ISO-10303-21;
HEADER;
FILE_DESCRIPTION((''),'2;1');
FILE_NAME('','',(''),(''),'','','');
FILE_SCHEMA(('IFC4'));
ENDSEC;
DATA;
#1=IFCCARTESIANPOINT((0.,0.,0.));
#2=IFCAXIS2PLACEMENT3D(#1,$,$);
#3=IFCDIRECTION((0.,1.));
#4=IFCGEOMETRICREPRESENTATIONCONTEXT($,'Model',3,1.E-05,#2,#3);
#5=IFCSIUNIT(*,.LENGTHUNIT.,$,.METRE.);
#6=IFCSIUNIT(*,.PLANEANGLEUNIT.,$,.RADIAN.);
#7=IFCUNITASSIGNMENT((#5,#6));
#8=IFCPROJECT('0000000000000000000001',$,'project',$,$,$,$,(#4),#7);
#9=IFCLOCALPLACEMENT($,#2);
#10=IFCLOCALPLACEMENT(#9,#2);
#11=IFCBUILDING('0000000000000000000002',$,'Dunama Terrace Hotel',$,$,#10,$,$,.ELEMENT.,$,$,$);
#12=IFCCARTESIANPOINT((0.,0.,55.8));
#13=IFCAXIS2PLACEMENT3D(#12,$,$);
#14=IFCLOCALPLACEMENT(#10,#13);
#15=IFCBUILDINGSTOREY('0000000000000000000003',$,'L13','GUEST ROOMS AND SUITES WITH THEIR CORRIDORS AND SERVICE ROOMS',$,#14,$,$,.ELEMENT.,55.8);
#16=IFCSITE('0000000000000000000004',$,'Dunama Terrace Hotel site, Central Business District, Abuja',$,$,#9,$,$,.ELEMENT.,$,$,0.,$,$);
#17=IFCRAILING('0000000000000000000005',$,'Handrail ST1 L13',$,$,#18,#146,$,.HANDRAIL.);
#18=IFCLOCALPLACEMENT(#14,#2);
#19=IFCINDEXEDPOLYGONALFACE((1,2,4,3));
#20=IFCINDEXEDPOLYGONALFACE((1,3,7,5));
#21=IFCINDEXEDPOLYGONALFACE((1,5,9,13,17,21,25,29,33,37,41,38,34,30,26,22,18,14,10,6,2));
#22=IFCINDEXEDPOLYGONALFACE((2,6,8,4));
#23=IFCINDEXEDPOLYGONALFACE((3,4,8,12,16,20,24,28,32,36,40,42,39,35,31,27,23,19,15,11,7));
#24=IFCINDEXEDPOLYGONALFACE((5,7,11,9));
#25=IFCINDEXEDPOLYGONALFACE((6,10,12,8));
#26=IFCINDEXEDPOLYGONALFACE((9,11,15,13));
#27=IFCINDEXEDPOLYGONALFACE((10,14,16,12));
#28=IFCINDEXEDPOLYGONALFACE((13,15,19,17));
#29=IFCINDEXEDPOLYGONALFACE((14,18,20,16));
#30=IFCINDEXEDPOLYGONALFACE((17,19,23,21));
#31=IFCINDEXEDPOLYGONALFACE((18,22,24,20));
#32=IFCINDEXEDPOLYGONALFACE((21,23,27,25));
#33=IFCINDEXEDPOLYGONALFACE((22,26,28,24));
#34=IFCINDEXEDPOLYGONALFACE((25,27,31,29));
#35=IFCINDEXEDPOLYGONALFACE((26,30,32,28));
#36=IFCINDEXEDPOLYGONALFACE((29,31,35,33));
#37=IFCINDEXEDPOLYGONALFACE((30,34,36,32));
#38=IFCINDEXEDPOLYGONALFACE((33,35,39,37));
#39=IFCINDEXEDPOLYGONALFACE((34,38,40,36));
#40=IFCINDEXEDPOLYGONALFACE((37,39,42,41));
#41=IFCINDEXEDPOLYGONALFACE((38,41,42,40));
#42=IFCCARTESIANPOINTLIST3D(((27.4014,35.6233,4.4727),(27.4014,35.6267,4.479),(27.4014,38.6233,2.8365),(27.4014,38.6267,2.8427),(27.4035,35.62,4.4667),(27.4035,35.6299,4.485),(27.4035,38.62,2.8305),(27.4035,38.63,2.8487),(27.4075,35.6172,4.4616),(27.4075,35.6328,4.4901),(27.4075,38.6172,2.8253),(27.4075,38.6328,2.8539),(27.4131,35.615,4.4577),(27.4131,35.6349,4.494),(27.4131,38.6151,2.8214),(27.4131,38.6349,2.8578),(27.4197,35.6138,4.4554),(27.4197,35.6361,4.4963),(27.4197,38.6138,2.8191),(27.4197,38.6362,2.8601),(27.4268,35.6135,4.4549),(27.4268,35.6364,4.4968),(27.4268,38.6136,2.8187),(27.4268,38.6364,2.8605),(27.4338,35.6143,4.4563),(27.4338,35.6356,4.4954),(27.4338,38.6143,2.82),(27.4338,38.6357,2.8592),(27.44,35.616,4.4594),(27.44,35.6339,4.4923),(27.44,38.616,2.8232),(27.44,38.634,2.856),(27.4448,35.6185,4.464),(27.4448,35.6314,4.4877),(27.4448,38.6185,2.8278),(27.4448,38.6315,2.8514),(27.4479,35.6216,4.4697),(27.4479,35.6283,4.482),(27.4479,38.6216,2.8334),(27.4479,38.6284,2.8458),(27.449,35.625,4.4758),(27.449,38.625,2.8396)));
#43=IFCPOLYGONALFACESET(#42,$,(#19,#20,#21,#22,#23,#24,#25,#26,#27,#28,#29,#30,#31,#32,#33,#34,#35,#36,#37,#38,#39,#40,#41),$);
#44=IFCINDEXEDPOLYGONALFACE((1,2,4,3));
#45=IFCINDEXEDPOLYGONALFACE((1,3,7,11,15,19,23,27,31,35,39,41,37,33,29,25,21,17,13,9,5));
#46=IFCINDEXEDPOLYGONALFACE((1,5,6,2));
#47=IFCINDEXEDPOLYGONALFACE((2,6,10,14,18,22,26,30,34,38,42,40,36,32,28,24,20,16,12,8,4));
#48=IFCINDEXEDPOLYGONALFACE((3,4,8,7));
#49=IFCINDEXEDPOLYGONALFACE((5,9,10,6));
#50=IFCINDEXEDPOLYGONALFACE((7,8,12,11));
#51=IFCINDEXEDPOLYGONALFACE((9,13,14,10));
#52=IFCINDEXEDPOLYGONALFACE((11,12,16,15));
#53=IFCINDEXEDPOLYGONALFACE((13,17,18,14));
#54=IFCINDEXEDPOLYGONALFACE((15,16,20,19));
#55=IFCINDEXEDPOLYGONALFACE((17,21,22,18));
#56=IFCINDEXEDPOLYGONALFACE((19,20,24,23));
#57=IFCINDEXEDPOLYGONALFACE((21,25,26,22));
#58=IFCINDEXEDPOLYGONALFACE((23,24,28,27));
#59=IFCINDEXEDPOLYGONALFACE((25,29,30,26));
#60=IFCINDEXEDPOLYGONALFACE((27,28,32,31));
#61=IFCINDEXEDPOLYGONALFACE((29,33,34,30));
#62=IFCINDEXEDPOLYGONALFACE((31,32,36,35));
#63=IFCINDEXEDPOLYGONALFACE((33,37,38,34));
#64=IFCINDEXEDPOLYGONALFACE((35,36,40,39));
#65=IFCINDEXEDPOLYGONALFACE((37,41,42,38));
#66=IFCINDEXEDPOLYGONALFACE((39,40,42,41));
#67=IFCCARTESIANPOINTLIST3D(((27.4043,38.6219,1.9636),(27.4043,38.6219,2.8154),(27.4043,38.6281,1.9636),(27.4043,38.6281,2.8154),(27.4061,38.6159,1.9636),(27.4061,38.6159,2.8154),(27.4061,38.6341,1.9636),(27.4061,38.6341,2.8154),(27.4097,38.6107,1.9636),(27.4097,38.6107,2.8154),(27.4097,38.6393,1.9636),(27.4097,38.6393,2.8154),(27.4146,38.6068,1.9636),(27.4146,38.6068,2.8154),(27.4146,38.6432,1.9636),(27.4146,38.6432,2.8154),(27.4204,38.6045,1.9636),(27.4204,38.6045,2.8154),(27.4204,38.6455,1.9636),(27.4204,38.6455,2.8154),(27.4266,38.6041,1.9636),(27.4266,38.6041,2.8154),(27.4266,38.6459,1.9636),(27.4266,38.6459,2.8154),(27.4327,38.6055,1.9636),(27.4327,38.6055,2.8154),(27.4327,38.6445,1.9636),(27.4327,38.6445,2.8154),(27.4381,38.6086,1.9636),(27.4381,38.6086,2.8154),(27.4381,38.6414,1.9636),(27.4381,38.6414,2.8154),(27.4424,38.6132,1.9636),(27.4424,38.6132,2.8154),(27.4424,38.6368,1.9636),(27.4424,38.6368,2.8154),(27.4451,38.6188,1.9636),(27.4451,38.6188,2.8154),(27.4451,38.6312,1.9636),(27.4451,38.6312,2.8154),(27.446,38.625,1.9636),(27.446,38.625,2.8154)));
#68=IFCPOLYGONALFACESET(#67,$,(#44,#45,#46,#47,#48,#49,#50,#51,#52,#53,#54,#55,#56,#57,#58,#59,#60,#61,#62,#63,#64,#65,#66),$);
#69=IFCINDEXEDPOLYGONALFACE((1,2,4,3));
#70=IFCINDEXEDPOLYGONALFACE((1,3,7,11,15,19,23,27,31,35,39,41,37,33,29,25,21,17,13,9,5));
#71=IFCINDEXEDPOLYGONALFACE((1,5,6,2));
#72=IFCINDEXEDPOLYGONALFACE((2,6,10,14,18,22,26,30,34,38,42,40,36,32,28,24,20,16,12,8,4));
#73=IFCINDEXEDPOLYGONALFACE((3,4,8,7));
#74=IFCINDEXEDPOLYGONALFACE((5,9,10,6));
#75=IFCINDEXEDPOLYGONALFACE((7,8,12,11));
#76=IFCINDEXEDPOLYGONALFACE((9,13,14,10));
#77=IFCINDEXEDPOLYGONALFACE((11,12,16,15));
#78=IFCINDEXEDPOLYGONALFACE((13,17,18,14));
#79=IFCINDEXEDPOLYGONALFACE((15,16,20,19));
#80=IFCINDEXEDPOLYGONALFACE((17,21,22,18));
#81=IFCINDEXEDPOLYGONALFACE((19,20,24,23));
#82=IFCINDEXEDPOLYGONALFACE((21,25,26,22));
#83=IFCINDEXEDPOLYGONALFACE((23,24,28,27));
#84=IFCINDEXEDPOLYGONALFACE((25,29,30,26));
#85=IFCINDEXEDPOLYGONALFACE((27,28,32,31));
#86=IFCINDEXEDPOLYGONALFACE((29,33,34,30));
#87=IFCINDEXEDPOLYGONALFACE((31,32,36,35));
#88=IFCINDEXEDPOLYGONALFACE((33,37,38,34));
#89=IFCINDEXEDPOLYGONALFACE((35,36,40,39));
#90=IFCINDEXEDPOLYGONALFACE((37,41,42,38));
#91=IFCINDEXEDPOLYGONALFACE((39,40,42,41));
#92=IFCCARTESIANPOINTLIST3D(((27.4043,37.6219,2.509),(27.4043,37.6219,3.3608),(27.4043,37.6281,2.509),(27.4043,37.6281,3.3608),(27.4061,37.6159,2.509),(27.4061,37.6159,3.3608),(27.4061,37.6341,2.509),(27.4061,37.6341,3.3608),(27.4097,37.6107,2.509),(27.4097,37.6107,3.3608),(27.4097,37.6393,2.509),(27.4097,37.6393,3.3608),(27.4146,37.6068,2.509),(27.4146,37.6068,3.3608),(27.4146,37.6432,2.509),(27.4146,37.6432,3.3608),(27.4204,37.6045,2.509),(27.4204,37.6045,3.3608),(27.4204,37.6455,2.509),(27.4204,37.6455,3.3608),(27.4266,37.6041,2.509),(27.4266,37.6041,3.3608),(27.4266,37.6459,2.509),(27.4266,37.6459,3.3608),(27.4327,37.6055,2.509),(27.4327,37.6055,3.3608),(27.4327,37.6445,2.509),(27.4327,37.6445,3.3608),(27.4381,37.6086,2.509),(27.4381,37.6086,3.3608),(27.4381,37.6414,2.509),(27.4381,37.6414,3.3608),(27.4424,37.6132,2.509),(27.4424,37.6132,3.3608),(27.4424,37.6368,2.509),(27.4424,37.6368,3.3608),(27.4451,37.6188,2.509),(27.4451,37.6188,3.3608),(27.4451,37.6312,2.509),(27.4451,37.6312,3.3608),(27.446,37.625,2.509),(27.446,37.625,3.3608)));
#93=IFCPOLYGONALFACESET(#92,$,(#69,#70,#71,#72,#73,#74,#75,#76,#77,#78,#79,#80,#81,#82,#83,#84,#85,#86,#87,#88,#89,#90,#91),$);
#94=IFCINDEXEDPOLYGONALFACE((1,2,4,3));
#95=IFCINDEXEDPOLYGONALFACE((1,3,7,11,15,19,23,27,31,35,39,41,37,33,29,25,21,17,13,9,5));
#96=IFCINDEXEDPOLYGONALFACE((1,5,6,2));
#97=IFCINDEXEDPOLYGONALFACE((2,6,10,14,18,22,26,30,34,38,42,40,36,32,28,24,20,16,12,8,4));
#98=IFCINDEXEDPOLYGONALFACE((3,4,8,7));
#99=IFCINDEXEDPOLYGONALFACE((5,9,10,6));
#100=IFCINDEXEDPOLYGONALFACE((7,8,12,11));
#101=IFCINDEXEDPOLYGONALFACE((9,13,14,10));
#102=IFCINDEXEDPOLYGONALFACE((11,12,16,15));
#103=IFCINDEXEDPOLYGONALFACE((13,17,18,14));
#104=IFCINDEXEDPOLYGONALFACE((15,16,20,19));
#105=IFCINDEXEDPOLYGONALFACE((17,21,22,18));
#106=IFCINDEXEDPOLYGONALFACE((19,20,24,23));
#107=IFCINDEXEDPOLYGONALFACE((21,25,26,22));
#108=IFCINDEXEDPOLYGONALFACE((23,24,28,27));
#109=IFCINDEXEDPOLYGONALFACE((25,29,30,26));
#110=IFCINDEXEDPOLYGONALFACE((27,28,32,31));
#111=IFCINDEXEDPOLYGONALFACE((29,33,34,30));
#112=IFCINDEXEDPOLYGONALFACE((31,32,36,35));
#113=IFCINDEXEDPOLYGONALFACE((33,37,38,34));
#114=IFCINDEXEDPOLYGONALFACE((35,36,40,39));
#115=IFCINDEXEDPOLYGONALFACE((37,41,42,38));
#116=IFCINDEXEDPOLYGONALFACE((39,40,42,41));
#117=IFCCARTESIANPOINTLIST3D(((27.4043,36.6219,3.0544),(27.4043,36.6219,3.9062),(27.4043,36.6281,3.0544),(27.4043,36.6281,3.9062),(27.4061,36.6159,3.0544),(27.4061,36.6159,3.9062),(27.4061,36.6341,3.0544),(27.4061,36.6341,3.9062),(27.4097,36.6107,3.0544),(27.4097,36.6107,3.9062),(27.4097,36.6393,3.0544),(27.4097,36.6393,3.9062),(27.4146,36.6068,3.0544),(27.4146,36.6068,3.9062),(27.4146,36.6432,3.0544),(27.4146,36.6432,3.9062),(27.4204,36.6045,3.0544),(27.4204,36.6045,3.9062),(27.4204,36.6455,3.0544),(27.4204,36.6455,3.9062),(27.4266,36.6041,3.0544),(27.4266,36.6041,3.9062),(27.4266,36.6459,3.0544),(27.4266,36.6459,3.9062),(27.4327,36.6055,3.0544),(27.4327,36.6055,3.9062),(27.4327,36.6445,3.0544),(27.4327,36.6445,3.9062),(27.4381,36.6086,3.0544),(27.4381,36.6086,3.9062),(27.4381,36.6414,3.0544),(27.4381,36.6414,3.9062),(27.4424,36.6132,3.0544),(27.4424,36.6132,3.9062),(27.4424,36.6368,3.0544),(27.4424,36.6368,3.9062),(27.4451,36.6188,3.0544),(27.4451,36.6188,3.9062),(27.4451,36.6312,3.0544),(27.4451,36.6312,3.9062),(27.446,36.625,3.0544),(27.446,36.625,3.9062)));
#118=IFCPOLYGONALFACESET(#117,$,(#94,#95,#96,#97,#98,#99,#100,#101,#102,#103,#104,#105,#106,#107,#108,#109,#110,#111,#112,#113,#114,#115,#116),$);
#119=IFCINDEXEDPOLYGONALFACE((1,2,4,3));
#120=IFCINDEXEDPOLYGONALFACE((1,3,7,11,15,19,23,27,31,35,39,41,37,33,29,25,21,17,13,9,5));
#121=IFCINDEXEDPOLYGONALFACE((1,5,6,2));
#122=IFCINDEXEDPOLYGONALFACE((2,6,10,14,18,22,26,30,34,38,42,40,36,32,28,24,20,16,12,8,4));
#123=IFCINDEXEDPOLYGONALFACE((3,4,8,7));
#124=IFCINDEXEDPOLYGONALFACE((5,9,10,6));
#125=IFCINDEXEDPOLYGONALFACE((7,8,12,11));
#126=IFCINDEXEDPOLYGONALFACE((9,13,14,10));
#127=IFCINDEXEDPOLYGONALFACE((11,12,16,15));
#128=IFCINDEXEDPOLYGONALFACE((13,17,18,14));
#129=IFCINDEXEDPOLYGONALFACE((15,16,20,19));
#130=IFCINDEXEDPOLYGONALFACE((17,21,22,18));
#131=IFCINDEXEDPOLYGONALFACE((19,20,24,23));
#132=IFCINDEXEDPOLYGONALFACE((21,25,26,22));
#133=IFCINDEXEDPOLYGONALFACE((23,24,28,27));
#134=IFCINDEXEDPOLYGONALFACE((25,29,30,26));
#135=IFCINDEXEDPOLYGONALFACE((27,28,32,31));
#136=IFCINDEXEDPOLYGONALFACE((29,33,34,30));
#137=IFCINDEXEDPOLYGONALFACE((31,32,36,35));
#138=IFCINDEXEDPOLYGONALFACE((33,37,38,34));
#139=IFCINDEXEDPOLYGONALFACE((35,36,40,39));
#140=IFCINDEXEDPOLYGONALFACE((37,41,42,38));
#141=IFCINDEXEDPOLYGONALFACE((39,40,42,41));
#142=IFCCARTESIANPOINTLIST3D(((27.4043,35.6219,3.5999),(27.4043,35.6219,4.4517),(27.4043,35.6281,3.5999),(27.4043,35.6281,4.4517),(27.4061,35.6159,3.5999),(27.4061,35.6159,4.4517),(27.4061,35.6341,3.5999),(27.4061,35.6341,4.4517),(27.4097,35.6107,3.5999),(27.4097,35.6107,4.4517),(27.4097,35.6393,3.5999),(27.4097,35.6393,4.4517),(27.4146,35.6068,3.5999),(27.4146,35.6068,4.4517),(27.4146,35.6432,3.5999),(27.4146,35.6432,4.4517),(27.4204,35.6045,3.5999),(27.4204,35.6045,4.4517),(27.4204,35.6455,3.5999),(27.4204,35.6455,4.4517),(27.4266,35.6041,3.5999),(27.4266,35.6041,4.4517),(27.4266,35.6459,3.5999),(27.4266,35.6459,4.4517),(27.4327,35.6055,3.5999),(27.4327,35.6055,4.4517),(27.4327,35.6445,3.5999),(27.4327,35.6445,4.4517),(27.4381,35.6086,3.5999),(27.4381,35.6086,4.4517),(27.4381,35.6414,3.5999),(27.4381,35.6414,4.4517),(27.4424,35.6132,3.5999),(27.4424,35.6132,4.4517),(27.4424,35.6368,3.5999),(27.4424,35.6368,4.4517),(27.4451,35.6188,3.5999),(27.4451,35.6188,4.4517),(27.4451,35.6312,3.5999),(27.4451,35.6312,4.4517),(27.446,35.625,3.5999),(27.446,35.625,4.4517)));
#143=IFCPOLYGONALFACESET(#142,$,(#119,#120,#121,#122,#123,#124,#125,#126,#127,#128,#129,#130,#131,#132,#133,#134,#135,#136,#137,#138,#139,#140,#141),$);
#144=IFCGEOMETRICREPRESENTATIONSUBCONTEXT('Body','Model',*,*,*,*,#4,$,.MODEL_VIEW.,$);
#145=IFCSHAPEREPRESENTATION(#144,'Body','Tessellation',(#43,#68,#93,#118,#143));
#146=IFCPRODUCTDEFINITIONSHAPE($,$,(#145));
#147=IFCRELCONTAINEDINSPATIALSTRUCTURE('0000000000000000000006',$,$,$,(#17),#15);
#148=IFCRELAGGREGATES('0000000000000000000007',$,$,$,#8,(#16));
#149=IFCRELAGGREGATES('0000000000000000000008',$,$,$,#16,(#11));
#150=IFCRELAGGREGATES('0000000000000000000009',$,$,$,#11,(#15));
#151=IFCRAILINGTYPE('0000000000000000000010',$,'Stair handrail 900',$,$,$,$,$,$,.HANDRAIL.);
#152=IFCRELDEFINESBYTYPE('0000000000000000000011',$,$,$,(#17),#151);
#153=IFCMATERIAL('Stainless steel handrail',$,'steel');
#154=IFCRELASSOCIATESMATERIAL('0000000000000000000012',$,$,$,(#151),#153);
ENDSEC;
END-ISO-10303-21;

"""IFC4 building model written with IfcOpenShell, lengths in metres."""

from ifc_helpers import new_model, si_unit, direction, frame, origin, origin_2d, place, context, subcontext, project, spatial, circle, extrude, material, type_object, element, save


model = new_model("IFC4")

# Units and contexts
model_context = context("Model", 3, precision=1e-05, world=origin(), true_north=direction((0.0, 1.0)))
body_context = subcontext(model_context, "Body", "Model", "MODEL_VIEW")
ifc_project = project(units=[si_unit("LENGTHUNIT", "METRE"), si_unit("PLANEANGLEUNIT", "RADIAN")], contexts=[model_context])

# Site, building, storey
site_placement = place(None, origin())
site = spatial("IfcSite", under=ifc_project, at=site_placement, Name="Dunama Terrace Hotel site, Central Business District, Abuja", CompositionType="ELEMENT", RefElevation=0.0)
building_placement = place(site_placement, origin())
building = spatial("IfcBuilding", under=site, at=building_placement, Name="Dunama Terrace Hotel", CompositionType="ELEMENT")
storey_placement = place(building_placement, frame((0.0, 0.0, 55.8)))
storey = spatial("IfcBuildingStorey", under=building, at=storey_placement, Name="L13", Description="GUEST ROOMS AND SUITES WITH THEIR CORRIDORS AND SERVICE ROOMS", CompositionType="ELEMENT", Elevation=55.8)

# Railing
ifc_material_1 = material(Name="Stainless steel handrail", Category="steel")
railing_type = type_object("IfcRailingType", Name="Stair handrail 900", PredefinedType="HANDRAIL", material=ifc_material_1)
railing_1_placement = place(storey_placement, frame((27.425, 38.625, 1.9636)))
element("IfcRailing", 1, at=railing_1_placement, inside=storey, type_object=railing_type, Name="Handrail ST1 L13", PredefinedType="HANDRAIL", context=body_context, shape_type="SweptSolid", body=[
    extrude(circle(Radius=0.0239, at=origin_2d()), frame((0.0, 0.0, 0.876), z_axis=(0.0, -0.877912, 0.478822), x_axis=(1.0, 0.0, 0.0)), (0.0, 0.0, 1.0), 3.4172),
    extrude(circle(Radius=0.021, at=origin_2d()), origin(), (0.0, 0.0, 1.0), 0.8518),
    extrude(circle(Radius=0.021, at=origin_2d()), frame((0.0, -1.0, 0.5454)), (0.0, 0.0, 1.0), 0.8518),
    extrude(circle(Radius=0.021, at=origin_2d()), frame((0.0, -2.0, 1.0908)), (0.0, 0.0, 1.0), 0.8518),
    extrude(circle(Radius=0.021, at=origin_2d()), frame((0.0, -3.0, 1.6362)), (0.0, 0.0, 1.0), 0.8518),
])

save(model, "model.ifc")
